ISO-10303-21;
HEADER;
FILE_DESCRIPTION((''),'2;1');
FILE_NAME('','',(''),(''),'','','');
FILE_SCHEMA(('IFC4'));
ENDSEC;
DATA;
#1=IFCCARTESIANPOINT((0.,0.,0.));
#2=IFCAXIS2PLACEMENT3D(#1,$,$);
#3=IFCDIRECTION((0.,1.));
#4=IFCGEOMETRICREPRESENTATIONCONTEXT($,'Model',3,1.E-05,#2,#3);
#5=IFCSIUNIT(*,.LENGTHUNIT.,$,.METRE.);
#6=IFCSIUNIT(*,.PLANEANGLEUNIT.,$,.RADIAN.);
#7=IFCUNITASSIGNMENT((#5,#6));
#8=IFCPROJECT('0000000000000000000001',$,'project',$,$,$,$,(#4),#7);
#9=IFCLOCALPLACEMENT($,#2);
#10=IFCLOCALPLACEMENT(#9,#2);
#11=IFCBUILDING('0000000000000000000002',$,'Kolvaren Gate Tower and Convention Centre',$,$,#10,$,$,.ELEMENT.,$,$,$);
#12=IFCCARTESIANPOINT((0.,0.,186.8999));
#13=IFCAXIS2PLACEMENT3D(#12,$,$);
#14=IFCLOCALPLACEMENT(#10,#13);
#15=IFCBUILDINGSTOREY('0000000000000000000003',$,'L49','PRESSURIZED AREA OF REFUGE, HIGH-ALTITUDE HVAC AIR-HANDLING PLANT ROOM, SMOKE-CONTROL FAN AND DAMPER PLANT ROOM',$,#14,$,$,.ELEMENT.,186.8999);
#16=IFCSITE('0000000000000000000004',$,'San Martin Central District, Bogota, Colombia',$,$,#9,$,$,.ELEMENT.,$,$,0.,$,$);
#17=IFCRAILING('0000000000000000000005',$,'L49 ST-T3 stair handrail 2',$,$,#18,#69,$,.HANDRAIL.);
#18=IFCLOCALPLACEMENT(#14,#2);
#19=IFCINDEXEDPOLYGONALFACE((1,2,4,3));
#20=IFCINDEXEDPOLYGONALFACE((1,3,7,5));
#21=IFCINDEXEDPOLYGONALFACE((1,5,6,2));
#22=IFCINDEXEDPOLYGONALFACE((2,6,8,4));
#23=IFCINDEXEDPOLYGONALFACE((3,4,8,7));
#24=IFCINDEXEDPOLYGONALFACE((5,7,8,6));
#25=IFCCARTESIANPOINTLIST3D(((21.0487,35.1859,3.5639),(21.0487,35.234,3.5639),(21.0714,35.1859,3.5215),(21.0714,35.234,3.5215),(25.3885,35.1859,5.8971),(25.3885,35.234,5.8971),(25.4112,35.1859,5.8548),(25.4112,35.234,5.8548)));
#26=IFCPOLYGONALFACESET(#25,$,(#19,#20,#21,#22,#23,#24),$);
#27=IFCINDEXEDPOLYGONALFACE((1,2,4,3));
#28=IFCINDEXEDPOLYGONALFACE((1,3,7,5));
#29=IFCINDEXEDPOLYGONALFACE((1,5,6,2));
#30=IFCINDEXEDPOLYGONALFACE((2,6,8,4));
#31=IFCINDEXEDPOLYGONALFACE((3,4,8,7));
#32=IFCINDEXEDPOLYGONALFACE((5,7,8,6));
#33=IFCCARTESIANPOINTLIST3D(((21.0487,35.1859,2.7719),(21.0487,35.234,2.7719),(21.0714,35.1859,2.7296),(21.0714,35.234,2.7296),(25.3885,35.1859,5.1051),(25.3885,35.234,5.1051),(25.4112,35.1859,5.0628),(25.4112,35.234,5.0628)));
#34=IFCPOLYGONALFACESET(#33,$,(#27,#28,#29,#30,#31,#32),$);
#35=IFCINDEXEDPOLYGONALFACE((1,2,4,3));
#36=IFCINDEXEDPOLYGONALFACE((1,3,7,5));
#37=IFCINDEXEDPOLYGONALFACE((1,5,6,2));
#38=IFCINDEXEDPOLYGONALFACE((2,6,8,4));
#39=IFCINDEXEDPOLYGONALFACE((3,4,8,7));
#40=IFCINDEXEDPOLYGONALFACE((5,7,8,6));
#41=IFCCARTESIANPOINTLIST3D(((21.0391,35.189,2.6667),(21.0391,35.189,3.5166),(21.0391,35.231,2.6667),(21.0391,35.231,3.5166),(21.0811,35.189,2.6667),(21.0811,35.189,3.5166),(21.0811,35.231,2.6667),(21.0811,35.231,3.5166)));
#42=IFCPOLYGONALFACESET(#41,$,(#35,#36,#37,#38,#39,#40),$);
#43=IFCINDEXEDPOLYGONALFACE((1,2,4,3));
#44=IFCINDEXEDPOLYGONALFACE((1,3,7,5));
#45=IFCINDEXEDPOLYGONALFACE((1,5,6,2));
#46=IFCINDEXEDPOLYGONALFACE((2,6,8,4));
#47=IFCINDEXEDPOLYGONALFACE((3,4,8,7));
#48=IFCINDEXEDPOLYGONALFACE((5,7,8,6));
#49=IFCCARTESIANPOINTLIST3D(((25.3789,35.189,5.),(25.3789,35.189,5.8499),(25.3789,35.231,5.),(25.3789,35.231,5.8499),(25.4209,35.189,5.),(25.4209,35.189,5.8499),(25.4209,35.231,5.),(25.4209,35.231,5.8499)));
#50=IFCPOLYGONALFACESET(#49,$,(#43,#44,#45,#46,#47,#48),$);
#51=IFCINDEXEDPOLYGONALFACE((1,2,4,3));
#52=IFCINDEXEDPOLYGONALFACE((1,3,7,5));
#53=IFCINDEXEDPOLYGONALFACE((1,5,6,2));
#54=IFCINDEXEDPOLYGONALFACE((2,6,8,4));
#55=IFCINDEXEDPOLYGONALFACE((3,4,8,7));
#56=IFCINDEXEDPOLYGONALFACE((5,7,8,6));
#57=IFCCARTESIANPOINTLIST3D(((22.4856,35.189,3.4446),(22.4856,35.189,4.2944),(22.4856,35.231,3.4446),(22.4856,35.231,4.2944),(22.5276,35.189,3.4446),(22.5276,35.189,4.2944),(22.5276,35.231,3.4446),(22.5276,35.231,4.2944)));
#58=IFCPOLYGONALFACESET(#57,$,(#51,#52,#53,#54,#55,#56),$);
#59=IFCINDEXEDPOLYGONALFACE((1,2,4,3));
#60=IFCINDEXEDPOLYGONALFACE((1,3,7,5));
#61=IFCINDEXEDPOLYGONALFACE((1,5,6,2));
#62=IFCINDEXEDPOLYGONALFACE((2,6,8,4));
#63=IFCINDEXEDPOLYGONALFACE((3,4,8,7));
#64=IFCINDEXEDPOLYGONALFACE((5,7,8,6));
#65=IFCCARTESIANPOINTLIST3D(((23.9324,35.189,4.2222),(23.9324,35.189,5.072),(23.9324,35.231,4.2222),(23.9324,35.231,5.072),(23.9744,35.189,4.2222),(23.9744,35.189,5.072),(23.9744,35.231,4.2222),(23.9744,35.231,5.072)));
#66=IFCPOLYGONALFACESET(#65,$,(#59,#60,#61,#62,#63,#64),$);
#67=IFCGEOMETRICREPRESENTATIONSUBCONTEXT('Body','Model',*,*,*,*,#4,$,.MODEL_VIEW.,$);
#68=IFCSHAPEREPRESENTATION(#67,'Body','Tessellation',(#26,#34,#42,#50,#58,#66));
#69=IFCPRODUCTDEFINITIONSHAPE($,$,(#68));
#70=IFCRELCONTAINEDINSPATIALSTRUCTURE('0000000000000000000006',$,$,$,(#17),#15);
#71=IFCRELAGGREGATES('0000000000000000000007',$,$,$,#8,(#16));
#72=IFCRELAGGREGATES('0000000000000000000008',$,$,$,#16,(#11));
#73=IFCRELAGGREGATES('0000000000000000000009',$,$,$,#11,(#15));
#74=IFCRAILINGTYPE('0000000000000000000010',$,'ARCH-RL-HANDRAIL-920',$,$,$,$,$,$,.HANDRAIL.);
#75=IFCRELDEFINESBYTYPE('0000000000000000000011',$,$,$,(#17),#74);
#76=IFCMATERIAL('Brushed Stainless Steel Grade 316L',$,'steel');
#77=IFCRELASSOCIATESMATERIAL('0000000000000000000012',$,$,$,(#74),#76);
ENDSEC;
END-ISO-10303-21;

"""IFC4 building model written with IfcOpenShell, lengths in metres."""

from ifc_helpers import new_model, si_unit, direction, frame, origin, origin_2d, place, context, subcontext, project, spatial, rectangle, extrude, material, type_object, element, save


model = new_model("IFC4")

# Units and contexts
model_context = context("Model", 3, precision=1e-05, world=origin(), true_north=direction((0.0, 1.0)))
body_context = subcontext(model_context, "Body", "Model", "MODEL_VIEW")
ifc_project = project(units=[si_unit("LENGTHUNIT", "METRE"), si_unit("PLANEANGLEUNIT", "RADIAN")], contexts=[model_context])

# Site, building, storey
site_placement = place(None, origin())
site = spatial("IfcSite", under=ifc_project, at=site_placement, Name="San Martin Central District, Bogota, Colombia", CompositionType="ELEMENT", RefElevation=0.0)
building_placement = place(site_placement, origin())
building = spatial("IfcBuilding", under=site, at=building_placement, Name="Kolvaren Gate Tower and Convention Centre", CompositionType="ELEMENT")
storey_placement = place(building_placement, frame((0.0, 0.0, 186.8999)))
storey = spatial("IfcBuildingStorey", under=building, at=storey_placement, Name="L49", Description="PRESSURIZED AREA OF REFUGE, HIGH-ALTITUDE HVAC AIR-HANDLING PLANT ROOM, SMOKE-CONTROL FAN AND DAMPER PLANT ROOM", CompositionType="ELEMENT", Elevation=186.8999)

# Shared definitions
ifc_material_1 = material(Name="Brushed Stainless Steel Grade 316L", Category="steel")

# Railing
railing_type_1 = type_object("IfcRailingType", Name="ARCH-RL-HANDRAIL-920", PredefinedType="HANDRAIL", material=ifc_material_1)
railing_1_placement = place(storey_placement, frame((21.0601, 35.21, 2.6667)))
element("IfcRailing", 1, at=railing_1_placement, inside=storey, type_object=railing_type_1, Name="L49 ST-T3 stair handrail 2", PredefinedType="HANDRAIL", context=body_context, shape_type="SweptSolid", body=[
    extrude(rectangle(XDim=0.0481, YDim=0.0481, at=origin_2d()), frame((0.0, 0.0, 0.876), z_axis=(0.880775, 0.0, 0.473535), x_axis=(0.0, 1.0, 0.0)), (0.0, 0.0, 1.0), 4.9272),
    extrude(rectangle(XDim=0.0481, YDim=0.0481, at=origin_2d()), frame((0.0, 0.0, 0.084), z_axis=(0.880775, 0.0, 0.473535), x_axis=(0.0, 1.0, 0.0)), (0.0, 0.0, 1.0), 4.9272),
    extrude(rectangle(XDim=0.042, YDim=0.042, at=origin_2d()), origin(), (0.0, 0.0, 1.0), 0.8499),
    extrude(rectangle(XDim=0.042, YDim=0.042, at=origin_2d()), frame((4.3398, 0.0, 2.3333)), (0.0, 0.0, 1.0), 0.8499),
    extrude(rectangle(XDim=0.042, YDim=0.042, at=origin_2d()), frame((1.4465, 0.0, 0.7778)), (0.0, 0.0, 1.0), 0.8499),
    extrude(rectangle(XDim=0.042, YDim=0.042, at=origin_2d()), frame((2.8933, 0.0, 1.5554)), (0.0, 0.0, 1.0), 0.8499),
])

save(model, "model.ifc")
